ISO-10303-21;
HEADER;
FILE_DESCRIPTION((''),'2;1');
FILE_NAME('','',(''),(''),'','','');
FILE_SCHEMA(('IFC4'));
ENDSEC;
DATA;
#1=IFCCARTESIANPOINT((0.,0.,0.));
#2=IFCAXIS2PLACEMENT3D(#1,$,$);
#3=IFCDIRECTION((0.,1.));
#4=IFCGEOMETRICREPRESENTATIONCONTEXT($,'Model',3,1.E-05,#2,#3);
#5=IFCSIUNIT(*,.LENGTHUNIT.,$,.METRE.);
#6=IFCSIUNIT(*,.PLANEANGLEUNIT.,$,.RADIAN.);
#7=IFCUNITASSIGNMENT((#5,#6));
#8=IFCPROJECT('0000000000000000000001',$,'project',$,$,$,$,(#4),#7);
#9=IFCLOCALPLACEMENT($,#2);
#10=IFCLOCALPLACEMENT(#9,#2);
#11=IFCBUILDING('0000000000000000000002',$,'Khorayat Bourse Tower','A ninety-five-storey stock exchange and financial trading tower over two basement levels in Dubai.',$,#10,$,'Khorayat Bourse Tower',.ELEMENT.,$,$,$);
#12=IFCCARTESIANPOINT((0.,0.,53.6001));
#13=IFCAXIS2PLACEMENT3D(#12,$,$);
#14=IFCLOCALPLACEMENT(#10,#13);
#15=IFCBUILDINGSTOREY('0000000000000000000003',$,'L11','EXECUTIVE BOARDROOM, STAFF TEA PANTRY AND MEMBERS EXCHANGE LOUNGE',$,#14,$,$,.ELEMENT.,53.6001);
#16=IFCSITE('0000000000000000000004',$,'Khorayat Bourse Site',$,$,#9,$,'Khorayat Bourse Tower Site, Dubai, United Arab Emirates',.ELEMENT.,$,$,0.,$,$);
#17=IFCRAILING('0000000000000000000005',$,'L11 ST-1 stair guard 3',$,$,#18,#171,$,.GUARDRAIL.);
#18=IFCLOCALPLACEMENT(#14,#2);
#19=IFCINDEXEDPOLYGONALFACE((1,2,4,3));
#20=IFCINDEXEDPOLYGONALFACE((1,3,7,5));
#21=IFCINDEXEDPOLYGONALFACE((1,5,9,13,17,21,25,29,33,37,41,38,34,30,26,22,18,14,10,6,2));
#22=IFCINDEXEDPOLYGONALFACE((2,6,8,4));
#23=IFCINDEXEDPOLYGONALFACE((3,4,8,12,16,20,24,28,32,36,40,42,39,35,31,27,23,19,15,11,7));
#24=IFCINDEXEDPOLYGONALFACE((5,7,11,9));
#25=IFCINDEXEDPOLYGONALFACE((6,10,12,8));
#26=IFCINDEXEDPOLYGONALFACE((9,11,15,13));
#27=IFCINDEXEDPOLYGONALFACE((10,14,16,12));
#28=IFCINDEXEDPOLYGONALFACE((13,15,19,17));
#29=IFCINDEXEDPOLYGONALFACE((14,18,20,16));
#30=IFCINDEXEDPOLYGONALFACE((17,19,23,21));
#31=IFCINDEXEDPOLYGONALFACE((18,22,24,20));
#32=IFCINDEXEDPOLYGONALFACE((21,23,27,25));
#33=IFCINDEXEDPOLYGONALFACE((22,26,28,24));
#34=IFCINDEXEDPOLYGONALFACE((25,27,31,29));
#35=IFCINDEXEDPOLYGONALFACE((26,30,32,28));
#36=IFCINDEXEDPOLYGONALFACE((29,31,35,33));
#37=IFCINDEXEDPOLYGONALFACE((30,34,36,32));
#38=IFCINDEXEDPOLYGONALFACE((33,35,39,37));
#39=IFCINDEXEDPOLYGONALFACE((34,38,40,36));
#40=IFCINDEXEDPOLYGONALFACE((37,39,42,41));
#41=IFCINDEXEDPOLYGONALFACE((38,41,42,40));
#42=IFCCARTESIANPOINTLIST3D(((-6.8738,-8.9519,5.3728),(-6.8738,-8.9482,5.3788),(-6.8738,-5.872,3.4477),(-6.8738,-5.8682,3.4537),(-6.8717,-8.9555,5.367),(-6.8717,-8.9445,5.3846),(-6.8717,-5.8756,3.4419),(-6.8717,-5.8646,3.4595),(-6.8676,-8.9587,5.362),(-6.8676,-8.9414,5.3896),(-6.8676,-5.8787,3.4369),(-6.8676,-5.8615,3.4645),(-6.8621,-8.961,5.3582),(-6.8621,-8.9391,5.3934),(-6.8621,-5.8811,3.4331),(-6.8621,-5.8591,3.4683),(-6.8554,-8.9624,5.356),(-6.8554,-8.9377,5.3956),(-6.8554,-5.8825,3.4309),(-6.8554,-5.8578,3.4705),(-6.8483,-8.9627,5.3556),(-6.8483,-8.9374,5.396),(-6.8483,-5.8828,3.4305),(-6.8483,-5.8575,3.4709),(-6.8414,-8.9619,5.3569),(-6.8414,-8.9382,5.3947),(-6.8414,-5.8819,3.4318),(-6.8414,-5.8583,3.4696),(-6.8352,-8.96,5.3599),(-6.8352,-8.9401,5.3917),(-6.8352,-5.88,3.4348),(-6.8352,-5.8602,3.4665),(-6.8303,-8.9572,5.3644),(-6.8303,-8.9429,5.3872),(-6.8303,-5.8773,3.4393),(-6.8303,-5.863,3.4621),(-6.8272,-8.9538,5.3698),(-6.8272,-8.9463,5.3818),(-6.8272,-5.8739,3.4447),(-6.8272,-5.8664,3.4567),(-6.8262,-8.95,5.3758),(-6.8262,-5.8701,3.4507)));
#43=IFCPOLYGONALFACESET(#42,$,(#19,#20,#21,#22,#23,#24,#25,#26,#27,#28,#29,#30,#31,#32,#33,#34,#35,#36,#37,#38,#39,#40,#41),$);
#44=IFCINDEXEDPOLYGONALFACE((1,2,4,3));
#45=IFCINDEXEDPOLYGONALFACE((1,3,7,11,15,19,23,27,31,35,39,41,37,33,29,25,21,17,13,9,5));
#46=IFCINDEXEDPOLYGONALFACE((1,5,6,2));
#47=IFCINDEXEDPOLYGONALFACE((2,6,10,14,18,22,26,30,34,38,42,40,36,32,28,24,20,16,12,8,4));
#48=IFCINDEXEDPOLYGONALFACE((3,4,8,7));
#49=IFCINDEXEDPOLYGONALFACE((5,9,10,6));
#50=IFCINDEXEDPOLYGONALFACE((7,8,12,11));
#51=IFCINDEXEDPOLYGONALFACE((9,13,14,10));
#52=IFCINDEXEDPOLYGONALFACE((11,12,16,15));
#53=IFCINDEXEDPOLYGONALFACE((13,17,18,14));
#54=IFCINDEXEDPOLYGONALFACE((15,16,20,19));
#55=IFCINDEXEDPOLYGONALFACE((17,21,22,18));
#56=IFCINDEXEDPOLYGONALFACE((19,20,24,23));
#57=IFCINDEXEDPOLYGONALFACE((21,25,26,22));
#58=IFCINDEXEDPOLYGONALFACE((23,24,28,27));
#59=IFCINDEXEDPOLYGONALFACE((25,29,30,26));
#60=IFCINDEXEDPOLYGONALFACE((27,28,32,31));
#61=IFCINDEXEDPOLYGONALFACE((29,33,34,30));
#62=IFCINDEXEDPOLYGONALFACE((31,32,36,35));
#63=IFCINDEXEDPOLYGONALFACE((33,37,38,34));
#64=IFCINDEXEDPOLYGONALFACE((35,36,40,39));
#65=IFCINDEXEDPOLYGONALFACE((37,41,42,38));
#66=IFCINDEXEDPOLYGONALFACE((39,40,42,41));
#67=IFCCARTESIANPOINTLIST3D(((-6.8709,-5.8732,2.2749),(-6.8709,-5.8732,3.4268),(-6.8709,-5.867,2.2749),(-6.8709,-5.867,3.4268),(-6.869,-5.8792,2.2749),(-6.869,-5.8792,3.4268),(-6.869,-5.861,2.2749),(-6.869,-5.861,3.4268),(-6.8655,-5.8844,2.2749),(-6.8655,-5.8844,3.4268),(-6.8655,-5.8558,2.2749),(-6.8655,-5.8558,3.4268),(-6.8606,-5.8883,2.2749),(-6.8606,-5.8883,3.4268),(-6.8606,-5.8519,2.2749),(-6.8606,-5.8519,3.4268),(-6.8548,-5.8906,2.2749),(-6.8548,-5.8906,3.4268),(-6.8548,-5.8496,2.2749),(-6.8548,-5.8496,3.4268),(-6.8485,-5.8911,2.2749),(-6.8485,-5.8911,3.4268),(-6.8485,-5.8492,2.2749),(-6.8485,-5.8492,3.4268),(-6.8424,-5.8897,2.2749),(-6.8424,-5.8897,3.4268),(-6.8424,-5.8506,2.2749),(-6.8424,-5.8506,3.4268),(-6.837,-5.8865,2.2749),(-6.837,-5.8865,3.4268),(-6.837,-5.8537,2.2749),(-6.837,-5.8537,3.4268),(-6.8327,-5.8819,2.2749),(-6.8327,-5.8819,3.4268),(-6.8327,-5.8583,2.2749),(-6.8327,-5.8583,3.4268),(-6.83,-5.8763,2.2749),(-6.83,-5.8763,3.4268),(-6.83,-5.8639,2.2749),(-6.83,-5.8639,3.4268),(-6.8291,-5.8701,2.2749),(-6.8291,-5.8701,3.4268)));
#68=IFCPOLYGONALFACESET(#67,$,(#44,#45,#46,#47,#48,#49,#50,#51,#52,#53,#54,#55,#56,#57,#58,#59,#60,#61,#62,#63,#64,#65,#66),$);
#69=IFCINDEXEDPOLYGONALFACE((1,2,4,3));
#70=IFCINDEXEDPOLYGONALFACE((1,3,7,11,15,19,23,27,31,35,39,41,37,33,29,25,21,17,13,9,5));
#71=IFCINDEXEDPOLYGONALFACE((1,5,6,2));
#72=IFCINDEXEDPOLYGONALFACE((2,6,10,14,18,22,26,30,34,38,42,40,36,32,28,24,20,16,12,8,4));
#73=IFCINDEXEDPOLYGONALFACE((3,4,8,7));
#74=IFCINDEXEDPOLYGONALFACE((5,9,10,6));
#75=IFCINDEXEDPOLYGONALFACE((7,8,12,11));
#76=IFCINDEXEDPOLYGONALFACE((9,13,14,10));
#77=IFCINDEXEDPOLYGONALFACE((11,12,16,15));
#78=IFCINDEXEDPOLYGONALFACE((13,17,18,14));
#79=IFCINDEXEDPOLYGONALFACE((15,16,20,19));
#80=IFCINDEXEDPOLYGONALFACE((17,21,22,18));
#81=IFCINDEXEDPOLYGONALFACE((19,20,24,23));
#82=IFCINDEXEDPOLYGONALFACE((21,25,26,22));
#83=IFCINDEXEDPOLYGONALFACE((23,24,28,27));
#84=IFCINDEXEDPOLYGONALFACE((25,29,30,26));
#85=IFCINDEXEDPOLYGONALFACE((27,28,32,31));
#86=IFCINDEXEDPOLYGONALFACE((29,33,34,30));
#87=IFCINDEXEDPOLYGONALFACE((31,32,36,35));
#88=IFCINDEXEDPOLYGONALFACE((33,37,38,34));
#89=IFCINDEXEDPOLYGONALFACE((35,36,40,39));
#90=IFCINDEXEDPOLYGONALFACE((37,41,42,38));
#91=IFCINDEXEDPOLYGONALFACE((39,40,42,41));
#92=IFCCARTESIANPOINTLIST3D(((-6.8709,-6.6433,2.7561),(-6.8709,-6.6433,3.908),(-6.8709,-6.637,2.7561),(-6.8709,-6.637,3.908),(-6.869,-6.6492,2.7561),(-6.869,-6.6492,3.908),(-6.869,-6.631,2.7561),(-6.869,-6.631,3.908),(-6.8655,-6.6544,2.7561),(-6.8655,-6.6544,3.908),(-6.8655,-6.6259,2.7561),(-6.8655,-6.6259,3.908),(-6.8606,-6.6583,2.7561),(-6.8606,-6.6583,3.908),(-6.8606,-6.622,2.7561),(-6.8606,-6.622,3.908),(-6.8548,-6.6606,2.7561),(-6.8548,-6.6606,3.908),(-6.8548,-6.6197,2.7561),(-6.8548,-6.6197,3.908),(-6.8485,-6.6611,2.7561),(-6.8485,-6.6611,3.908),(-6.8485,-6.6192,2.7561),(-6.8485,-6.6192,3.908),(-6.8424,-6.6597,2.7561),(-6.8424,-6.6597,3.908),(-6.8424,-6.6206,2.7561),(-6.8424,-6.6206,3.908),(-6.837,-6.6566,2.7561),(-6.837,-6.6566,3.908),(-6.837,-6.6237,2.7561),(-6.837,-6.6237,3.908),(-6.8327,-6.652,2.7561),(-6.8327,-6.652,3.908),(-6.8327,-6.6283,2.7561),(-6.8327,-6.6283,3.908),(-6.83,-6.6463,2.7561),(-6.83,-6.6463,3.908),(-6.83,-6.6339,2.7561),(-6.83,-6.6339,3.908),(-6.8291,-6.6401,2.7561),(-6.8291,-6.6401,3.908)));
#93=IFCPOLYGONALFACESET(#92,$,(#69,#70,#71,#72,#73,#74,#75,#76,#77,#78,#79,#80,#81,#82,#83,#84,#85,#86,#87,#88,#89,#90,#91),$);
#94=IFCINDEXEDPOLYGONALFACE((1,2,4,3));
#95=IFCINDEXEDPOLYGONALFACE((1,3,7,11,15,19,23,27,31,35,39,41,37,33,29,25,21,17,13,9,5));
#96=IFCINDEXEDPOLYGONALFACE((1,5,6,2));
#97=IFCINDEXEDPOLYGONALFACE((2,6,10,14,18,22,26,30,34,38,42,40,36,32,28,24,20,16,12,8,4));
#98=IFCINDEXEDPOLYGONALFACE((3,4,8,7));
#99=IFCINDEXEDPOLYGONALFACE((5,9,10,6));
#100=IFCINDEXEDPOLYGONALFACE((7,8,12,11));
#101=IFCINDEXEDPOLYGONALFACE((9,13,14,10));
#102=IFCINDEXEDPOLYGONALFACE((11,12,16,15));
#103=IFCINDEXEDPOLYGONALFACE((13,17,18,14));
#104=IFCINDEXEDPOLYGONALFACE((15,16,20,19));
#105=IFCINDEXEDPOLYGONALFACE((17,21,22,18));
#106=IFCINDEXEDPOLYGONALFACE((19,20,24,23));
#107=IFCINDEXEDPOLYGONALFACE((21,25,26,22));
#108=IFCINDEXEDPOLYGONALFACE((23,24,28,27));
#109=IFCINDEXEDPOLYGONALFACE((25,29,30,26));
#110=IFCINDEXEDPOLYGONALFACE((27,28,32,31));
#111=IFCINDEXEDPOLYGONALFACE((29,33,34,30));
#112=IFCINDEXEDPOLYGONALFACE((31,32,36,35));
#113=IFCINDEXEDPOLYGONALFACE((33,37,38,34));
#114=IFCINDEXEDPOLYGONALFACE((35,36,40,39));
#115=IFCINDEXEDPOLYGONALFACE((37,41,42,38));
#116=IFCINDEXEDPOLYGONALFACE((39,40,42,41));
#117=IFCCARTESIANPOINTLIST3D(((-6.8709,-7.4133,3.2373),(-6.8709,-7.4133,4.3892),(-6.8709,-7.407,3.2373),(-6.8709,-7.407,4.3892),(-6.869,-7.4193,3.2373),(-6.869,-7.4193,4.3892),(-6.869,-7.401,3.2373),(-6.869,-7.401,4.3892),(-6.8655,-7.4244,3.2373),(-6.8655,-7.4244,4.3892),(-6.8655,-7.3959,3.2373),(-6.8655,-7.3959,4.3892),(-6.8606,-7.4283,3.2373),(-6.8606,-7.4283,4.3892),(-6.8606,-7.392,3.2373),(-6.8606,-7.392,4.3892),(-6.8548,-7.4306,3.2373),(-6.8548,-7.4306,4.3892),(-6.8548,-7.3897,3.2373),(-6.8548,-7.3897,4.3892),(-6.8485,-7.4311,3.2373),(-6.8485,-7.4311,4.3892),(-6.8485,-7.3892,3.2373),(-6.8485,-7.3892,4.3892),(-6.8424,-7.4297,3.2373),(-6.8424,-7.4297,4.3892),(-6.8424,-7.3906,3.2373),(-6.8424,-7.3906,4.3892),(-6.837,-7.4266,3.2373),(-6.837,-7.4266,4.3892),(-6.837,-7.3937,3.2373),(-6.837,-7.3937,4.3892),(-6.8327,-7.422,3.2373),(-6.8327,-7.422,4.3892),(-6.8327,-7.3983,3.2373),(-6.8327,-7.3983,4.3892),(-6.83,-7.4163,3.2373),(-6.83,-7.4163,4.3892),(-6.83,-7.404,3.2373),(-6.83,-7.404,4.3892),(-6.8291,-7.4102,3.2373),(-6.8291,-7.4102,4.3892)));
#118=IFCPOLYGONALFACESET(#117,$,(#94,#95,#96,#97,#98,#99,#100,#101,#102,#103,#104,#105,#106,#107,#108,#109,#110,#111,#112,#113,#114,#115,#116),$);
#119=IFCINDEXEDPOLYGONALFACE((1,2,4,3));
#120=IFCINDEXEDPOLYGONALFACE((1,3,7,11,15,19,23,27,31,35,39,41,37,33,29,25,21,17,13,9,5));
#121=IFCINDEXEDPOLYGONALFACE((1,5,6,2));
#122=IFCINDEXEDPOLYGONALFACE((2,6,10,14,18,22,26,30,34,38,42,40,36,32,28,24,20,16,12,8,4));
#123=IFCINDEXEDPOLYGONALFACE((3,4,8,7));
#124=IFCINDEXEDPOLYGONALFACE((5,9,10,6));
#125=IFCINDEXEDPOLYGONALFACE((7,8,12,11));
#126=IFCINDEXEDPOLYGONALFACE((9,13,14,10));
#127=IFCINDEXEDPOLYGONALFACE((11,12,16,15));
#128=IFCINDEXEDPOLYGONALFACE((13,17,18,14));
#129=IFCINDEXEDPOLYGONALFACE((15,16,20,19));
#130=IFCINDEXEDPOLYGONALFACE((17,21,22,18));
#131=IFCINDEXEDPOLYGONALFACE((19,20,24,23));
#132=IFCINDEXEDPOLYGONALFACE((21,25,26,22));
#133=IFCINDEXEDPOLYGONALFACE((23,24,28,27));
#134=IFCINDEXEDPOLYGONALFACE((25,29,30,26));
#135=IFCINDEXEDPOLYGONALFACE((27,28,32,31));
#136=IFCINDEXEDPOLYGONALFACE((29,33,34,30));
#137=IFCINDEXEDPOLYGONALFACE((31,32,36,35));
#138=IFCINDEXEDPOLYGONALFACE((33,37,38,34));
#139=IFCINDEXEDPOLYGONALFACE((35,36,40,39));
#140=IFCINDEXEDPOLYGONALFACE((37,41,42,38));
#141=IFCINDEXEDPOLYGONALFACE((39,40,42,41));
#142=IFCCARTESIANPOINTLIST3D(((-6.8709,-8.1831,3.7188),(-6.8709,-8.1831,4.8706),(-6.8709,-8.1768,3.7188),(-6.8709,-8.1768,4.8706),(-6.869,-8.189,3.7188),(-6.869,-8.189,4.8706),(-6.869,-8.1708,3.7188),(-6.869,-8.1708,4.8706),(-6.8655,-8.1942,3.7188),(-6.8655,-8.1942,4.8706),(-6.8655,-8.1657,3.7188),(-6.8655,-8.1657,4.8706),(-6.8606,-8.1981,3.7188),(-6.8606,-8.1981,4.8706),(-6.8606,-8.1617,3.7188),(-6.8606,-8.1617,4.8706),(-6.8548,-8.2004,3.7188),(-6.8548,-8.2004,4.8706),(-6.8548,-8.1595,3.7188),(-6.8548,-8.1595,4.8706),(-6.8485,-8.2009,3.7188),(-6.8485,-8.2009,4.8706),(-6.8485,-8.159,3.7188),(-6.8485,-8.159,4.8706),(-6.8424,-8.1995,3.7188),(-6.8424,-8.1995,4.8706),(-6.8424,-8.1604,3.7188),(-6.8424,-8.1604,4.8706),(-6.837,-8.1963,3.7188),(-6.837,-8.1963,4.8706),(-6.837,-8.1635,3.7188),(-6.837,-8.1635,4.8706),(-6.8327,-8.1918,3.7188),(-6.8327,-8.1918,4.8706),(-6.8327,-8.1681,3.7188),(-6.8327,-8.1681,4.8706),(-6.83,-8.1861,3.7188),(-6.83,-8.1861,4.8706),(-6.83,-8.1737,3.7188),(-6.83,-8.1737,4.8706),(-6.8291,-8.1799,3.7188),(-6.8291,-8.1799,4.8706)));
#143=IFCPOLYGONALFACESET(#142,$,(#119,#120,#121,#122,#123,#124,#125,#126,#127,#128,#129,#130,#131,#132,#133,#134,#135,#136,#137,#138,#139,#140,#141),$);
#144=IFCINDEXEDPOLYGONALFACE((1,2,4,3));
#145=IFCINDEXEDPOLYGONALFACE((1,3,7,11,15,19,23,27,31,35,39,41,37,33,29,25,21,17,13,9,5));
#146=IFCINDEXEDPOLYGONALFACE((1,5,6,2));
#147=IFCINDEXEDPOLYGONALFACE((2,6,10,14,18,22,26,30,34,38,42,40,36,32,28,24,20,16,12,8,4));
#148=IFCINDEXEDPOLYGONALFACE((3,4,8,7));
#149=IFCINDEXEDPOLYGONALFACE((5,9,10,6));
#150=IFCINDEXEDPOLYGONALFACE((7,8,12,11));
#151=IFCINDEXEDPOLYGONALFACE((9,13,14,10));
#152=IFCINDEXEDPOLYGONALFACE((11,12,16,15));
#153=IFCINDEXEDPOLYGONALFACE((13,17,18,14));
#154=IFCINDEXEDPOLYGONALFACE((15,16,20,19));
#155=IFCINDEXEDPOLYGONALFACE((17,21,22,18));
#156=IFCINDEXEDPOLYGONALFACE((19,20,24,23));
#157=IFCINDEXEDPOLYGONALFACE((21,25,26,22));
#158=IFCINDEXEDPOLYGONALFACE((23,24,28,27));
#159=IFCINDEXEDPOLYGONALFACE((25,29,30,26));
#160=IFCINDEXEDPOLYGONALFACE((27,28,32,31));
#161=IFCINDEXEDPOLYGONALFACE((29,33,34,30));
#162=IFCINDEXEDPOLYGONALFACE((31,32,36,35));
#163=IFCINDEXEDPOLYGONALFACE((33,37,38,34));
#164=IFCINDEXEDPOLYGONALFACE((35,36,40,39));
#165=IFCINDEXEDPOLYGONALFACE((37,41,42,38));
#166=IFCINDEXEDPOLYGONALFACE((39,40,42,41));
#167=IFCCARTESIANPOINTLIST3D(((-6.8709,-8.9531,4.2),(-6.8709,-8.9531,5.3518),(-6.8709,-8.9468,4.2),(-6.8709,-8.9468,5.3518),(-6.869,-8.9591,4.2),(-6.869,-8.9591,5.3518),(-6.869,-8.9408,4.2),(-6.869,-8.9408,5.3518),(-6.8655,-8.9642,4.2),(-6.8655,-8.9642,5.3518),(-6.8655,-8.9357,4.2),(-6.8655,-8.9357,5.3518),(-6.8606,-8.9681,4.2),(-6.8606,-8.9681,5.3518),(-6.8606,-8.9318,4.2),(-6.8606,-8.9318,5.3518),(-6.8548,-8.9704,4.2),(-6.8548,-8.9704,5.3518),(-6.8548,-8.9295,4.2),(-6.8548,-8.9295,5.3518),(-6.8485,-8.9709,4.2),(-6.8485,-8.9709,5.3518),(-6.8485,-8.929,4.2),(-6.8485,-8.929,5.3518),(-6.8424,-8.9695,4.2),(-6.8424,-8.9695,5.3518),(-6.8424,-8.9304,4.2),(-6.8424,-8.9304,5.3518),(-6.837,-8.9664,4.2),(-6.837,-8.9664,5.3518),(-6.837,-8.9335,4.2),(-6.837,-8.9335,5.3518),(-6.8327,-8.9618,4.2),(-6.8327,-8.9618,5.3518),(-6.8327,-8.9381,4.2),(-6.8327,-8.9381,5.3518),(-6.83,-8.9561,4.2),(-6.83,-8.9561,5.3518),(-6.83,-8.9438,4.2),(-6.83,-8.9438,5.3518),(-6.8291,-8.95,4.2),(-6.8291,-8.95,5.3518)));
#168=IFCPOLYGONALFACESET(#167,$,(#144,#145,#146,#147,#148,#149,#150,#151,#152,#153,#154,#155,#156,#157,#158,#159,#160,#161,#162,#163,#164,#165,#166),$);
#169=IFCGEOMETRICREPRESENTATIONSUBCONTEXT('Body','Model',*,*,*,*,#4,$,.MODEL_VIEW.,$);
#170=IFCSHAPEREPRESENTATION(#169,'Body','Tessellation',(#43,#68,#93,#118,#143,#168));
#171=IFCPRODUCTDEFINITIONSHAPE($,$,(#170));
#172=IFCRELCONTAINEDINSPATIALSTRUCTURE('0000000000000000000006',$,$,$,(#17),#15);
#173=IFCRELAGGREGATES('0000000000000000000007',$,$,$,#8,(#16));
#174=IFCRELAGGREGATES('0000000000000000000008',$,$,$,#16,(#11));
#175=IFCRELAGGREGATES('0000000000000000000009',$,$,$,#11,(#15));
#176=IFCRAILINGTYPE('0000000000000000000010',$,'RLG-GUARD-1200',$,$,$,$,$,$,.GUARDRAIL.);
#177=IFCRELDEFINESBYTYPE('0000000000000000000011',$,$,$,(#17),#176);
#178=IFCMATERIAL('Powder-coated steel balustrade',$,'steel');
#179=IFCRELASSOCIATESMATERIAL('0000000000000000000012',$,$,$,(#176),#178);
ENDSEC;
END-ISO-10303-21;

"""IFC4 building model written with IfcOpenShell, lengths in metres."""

from ifc_helpers import new_model, si_unit, direction, frame, origin, origin_2d, place, context, subcontext, project, spatial, circle, extrude, source, transform, mapped, material, type_object, element, save


model = new_model("IFC4")

# Units and contexts
model_context = context("Model", 3, precision=1e-05, world=origin(), true_north=direction((0.0, 1.0)))
body_context = subcontext(model_context, "Body", "Model", "MODEL_VIEW")
ifc_project = project(units=[si_unit("LENGTHUNIT", "METRE"), si_unit("PLANEANGLEUNIT", "RADIAN")], contexts=[model_context])

# Site, building, storey
site_placement = place(None, origin())
site = spatial("IfcSite", under=ifc_project, at=site_placement, Name="Khorayat Bourse Site", LongName="Khorayat Bourse Tower Site, Dubai, United Arab Emirates", CompositionType="ELEMENT", RefElevation=0.0)
building_placement = place(site_placement, origin())
building = spatial("IfcBuilding", under=site, at=building_placement, Name="Khorayat Bourse Tower", Description="A ninety-five-storey stock exchange and financial trading tower over two basement levels in Dubai.", LongName="Khorayat Bourse Tower", CompositionType="ELEMENT")
storey_placement = place(building_placement, frame((0.0, 0.0, 53.6001)))
storey = spatial("IfcBuildingStorey", under=building, at=storey_placement, Name="L11", Description="EXECUTIVE BOARDROOM, STAFF TEA PANTRY AND MEMBERS EXCHANGE LOUNGE", CompositionType="ELEMENT", Elevation=53.6001)

# Railing
ifc_material_1 = material(Name="Powder-coated steel balustrade", Category="steel")
railing_type_1 = type_object("IfcRailingType", Name="RLG-GUARD-1200", PredefinedType="GUARDRAIL", material=ifc_material_1)
shared_shape_1 = source(origin(), body_context, "Body", "SweptSolid", [
    extrude(circle(Radius=0.0239, at=origin_2d()), frame((0.0, 0.0, 1.1758), z_axis=(0.0, -0.847979, 0.530029), x_axis=(1.0, 0.0, 0.0)), (0.0, 0.0, 1.0), 3.6321),
    extrude(circle(Radius=0.021, at=origin_2d()), origin(), (0.0, 0.0, 1.0), 1.1519),
    extrude(circle(Radius=0.021, at=origin_2d()), frame((0.0, -0.77, 0.4812)), (0.0, 0.0, 1.0), 1.1519),
    extrude(circle(Radius=0.021, at=origin_2d()), frame((0.0, -1.54, 0.9624)), (0.0, 0.0, 1.0), 1.1519),
    extrude(circle(Radius=0.021, at=origin_2d()), frame((0.0, -2.3098, 1.4438)), (0.0, 0.0, 1.0), 1.1519),
    extrude(circle(Radius=0.021, at=origin_2d()), frame((0.0, -3.0798, 1.925)), (0.0, 0.0, 1.0), 1.1519),
])
railing_1_placement = place(storey_placement, frame((-6.8501, -5.8701, 2.2749)))
element("IfcRailing", 1, at=railing_1_placement, inside=storey, type_object=railing_type_1, Name="L11 ST-1 stair guard 3", PredefinedType="GUARDRAIL", context=body_context, shape_type="MappedRepresentation", body=[
    mapped(shared_shape_1, transform((0.0, 0.0, 0.0), scale=1.0)),
])

save(model, "model.ifc")
